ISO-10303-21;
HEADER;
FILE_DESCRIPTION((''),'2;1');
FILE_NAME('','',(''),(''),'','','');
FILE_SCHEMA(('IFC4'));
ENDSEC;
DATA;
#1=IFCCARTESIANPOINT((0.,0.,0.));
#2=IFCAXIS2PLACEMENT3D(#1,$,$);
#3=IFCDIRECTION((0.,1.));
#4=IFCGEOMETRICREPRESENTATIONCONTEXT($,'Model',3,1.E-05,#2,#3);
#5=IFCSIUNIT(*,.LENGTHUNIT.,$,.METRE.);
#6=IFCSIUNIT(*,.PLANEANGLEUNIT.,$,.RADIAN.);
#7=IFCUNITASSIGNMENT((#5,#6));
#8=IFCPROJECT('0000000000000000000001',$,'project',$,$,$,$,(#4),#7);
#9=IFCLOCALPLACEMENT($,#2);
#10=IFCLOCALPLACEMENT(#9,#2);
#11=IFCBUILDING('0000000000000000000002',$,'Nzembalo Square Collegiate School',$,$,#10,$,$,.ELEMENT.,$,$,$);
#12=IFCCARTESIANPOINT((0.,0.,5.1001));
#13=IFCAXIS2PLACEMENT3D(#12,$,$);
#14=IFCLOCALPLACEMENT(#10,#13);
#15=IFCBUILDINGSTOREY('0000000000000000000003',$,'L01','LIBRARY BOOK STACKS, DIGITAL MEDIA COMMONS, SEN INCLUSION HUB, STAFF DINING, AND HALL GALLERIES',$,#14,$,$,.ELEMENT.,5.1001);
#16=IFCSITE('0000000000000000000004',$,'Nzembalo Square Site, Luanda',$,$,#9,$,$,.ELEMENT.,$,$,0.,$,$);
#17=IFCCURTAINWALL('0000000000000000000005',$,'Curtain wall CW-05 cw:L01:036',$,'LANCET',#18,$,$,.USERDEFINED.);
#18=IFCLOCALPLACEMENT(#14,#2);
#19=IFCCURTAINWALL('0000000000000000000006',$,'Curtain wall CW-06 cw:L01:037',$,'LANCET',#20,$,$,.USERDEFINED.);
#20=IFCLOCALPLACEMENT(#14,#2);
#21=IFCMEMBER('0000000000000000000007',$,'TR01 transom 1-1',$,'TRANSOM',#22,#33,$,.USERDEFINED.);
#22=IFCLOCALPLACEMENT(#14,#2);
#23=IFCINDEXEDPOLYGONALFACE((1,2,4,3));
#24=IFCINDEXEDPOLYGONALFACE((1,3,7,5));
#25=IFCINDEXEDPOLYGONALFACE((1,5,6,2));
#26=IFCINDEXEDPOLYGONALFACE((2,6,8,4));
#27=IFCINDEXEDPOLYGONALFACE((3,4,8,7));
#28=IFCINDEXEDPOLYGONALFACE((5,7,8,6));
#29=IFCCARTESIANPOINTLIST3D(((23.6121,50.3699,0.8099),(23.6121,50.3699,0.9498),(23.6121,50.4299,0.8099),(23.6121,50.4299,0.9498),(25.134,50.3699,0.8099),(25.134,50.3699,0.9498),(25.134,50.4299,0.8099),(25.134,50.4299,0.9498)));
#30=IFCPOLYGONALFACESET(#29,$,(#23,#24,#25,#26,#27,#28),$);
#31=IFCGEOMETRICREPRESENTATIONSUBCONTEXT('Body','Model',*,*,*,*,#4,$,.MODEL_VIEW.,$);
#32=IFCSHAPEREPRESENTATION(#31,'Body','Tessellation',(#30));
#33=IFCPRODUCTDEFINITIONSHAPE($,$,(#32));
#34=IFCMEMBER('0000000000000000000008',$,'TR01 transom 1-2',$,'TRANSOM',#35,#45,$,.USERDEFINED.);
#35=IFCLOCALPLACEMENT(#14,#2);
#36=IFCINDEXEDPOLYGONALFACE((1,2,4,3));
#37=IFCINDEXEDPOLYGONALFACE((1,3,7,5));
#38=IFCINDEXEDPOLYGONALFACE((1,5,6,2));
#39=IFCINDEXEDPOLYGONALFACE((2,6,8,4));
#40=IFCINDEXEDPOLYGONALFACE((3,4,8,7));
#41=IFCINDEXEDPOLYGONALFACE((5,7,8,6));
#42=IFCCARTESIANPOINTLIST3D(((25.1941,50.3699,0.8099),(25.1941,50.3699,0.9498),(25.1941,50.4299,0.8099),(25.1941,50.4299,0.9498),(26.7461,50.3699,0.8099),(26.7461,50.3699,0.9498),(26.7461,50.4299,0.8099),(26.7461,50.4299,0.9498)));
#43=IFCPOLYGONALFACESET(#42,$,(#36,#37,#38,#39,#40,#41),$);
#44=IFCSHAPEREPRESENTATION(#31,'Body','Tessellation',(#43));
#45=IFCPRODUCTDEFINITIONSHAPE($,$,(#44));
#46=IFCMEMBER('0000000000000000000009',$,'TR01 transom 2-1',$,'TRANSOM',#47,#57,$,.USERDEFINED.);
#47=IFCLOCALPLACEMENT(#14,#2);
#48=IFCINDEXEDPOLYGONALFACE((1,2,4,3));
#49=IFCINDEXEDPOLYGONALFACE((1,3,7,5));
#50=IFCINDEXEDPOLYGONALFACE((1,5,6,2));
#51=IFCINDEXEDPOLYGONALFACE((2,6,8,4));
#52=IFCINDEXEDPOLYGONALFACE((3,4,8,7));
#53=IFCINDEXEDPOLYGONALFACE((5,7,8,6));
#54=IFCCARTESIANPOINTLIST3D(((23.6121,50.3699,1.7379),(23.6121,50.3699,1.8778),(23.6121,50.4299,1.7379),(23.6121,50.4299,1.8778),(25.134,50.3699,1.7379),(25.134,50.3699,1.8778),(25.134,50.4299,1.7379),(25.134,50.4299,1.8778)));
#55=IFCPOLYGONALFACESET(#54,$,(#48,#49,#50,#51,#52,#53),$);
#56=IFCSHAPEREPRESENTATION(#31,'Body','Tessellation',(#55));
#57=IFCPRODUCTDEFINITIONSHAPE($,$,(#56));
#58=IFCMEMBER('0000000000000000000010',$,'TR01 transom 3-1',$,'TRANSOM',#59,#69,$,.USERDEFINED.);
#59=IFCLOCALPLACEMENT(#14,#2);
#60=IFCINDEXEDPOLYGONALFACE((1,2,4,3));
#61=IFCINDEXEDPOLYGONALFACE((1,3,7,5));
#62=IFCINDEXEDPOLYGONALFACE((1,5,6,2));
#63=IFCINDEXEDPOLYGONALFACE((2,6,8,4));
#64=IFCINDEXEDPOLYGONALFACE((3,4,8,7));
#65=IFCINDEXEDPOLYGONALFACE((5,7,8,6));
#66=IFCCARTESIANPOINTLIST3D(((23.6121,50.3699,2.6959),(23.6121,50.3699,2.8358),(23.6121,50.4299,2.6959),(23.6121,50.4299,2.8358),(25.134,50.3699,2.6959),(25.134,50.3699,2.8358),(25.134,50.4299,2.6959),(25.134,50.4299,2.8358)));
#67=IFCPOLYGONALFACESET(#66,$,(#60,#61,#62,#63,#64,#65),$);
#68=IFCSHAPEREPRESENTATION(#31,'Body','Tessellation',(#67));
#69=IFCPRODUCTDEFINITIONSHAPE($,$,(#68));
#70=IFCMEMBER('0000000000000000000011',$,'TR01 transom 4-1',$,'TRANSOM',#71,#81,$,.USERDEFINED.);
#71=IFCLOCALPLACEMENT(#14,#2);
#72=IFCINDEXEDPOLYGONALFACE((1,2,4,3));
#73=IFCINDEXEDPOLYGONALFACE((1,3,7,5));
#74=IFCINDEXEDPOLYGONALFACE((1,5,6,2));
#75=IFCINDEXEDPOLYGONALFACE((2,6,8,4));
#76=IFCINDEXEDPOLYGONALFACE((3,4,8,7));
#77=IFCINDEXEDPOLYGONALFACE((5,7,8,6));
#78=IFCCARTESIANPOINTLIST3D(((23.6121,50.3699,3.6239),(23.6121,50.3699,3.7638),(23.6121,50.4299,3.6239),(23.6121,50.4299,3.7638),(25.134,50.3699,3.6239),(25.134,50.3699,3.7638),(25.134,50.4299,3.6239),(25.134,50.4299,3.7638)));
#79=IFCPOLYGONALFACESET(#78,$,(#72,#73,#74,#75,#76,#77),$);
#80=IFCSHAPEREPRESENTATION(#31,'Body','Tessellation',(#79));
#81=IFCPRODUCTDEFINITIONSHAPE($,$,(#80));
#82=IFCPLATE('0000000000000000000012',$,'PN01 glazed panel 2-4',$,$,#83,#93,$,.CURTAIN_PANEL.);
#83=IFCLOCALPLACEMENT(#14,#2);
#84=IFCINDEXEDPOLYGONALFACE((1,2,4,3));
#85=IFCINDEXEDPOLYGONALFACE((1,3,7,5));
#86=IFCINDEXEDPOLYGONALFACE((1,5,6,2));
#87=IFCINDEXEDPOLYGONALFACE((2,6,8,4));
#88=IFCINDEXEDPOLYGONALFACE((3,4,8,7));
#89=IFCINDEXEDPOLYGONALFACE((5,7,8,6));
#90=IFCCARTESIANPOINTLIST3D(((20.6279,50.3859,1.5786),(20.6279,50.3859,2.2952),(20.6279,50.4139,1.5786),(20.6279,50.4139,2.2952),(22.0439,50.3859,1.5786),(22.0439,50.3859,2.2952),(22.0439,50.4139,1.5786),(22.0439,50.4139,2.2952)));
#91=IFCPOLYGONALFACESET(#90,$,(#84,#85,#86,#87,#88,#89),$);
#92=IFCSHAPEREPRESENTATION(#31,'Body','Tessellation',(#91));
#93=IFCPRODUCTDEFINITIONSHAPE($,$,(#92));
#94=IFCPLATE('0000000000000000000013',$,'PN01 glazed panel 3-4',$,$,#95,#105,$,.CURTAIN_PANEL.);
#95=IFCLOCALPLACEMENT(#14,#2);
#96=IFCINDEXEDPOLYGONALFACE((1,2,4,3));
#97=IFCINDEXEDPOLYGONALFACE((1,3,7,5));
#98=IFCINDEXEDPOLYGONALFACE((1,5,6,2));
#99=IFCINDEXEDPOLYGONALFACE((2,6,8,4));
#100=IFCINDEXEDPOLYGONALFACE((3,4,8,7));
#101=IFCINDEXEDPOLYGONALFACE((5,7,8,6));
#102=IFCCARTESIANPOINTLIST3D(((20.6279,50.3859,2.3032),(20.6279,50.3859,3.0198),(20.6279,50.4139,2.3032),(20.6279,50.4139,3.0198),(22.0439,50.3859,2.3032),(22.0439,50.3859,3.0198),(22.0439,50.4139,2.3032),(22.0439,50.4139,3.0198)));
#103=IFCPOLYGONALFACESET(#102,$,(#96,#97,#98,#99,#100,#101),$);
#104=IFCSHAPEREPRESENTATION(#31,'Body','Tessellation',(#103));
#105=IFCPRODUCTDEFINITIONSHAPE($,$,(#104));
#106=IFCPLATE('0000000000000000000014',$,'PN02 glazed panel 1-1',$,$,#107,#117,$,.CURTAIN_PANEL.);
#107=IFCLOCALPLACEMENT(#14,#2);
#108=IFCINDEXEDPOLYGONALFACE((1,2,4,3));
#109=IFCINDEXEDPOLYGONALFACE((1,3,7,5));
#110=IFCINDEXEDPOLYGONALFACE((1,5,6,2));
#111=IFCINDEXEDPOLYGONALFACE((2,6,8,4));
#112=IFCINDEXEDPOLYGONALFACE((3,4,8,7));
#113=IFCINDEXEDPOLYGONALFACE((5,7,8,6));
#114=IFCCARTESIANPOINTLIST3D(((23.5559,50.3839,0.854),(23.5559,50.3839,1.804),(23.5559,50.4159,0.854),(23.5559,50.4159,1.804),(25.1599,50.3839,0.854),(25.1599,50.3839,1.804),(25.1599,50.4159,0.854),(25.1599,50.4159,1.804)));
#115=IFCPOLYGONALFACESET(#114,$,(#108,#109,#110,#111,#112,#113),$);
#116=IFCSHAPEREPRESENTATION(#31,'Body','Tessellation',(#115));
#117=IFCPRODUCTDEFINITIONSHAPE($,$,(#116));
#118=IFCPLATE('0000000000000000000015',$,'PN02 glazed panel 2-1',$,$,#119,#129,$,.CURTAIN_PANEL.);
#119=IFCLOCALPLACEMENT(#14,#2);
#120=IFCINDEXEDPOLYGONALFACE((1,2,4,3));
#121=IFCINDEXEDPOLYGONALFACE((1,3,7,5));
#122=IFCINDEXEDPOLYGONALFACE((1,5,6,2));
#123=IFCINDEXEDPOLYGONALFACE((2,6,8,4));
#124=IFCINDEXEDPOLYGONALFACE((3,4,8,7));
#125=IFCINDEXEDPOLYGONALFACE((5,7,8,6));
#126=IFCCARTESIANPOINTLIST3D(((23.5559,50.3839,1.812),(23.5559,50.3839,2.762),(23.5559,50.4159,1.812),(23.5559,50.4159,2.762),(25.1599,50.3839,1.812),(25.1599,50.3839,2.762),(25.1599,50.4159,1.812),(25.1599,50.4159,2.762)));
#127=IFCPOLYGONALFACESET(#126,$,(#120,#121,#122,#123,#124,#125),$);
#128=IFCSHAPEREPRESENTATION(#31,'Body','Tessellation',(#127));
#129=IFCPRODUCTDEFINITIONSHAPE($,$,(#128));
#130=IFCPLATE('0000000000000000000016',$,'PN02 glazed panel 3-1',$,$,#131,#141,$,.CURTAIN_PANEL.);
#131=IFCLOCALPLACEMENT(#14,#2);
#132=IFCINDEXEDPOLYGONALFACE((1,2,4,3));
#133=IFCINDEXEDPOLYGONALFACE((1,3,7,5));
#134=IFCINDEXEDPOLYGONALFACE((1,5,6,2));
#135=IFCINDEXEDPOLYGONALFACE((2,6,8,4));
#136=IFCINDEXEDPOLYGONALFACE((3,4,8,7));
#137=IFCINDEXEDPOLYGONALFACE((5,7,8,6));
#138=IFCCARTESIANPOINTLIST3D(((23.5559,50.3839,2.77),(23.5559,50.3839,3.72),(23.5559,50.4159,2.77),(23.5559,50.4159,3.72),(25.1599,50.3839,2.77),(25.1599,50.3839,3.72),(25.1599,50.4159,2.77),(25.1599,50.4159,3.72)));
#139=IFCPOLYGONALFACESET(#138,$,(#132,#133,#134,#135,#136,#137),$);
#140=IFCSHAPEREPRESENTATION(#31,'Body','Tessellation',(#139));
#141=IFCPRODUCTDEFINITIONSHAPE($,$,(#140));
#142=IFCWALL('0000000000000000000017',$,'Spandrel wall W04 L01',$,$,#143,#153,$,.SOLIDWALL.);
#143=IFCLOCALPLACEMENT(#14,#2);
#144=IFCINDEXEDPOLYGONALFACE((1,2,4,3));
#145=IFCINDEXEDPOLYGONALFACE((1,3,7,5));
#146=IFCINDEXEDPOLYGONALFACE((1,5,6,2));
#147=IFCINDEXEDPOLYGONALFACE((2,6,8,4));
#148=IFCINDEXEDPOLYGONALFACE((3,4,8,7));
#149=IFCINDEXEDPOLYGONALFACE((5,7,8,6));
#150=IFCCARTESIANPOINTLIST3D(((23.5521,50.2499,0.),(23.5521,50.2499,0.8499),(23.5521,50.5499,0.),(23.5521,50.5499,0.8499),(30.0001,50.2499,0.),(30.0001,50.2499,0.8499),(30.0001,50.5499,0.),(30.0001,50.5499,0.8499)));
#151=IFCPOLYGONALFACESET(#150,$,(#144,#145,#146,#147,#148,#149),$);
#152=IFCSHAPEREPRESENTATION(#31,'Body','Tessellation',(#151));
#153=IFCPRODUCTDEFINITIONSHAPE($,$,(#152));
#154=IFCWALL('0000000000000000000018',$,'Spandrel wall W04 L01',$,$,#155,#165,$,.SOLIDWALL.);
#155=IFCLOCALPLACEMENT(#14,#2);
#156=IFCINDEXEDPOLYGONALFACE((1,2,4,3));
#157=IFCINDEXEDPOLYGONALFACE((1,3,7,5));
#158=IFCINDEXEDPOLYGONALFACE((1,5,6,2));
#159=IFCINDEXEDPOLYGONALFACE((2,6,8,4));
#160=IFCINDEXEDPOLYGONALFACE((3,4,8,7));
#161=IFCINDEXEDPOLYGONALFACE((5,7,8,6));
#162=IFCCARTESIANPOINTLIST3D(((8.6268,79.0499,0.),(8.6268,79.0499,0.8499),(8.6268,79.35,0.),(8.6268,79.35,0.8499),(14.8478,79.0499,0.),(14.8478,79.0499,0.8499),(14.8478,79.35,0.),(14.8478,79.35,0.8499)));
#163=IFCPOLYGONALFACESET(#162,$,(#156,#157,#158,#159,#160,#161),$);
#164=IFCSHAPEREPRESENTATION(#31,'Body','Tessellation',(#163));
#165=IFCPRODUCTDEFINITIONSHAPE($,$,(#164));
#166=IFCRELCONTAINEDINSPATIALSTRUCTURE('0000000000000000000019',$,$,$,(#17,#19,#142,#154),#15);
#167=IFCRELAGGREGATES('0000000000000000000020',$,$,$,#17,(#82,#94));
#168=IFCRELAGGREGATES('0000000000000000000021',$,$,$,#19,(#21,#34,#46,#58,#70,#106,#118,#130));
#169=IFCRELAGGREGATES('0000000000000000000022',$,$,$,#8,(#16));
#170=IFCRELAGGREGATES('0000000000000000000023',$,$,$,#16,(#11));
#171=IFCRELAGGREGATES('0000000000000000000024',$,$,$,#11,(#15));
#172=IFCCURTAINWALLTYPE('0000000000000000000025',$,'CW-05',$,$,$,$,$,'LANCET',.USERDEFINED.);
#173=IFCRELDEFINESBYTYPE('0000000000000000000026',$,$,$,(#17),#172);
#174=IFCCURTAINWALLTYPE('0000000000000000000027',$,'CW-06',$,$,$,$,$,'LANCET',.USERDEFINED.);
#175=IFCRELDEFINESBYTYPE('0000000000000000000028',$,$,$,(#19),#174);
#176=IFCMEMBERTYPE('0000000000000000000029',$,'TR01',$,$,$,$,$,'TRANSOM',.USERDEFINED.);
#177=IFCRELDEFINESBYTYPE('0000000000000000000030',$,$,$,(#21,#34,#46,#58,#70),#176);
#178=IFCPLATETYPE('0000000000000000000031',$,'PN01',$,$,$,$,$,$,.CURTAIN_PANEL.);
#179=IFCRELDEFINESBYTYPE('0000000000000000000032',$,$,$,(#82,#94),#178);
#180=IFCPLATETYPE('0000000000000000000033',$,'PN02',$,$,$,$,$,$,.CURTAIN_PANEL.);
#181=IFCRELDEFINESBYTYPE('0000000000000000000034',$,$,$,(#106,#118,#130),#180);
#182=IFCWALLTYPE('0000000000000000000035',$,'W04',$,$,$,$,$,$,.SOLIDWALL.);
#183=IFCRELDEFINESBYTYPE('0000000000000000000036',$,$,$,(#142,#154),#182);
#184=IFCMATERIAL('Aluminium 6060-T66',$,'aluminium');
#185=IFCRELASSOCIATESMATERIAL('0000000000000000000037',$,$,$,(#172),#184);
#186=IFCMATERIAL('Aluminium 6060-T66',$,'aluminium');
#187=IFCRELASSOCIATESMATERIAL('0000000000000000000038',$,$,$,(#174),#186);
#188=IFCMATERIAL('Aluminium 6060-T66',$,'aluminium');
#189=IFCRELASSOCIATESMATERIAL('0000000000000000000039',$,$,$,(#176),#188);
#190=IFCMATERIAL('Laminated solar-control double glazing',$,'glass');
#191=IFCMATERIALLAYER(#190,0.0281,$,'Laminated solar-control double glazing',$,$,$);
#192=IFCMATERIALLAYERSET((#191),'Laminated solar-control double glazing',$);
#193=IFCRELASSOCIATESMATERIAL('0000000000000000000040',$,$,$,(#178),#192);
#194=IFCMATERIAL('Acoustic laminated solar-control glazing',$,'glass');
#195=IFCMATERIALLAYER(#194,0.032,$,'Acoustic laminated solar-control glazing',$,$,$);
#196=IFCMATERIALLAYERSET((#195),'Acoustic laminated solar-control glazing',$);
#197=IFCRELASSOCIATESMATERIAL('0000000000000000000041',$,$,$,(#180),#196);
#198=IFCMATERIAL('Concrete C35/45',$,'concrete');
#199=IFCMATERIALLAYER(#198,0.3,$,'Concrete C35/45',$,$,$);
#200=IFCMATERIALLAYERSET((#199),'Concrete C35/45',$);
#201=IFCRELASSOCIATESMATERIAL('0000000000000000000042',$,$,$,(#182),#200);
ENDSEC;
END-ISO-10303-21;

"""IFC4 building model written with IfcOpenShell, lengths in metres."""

from ifc_helpers import new_model, si_unit, direction, frame, frame_2d, origin, origin_2d, place, context, subcontext, project, spatial, rectangle, extrude, material, layer, layer_set, material_profile, profile_set, type_object, element, aggregate, save


model = new_model("IFC4")

# Units and contexts
model_context = context("Model", 3, precision=1e-05, world=origin(), true_north=direction((0.0, 1.0)))
body_context = subcontext(model_context, "Body", "Model", "MODEL_VIEW")
ifc_project = project(units=[si_unit("LENGTHUNIT", "METRE"), si_unit("PLANEANGLEUNIT", "RADIAN")], contexts=[model_context])

# Site, building, storey
site_placement = place(None, origin())
site = spatial("IfcSite", under=ifc_project, at=site_placement, Name="Nzembalo Square Site, Luanda", CompositionType="ELEMENT", RefElevation=0.0)
building_placement = place(site_placement, origin())
building = spatial("IfcBuilding", under=site, at=building_placement, Name="Nzembalo Square Collegiate School", CompositionType="ELEMENT")
storey_placement = place(building_placement, frame((0.0, 0.0, 5.1001)))
storey = spatial("IfcBuildingStorey", under=building, at=storey_placement, Name="L01", Description="LIBRARY BOOK STACKS, DIGITAL MEDIA COMMONS, SEN INCLUSION HUB, STAFF DINING, AND HALL GALLERIES", CompositionType="ELEMENT", Elevation=5.1001)

# Curtain wall
ifc_material_1 = material(Name="Aluminium 6060-T66", Category="aluminium")
curtain_wall_type_1 = type_object("IfcCurtainWallType", Name="CW-05", ElementType="LANCET", PredefinedType="USERDEFINED", material=ifc_material_1)
curtain_wall_1_placement = place(storey_placement, origin())
curtain_wall_1 = element("IfcCurtainWall", 1, at=curtain_wall_1_placement, inside=storey, type_object=curtain_wall_type_1, Name="Curtain wall CW-05 cw:L01:036", ObjectType="LANCET", PredefinedType="USERDEFINED")

# Curtain wall
ifc_material_2 = material(Name="Aluminium 6060-T66", Category="aluminium")
curtain_wall_type_2 = type_object("IfcCurtainWallType", Name="CW-06", ElementType="LANCET", PredefinedType="USERDEFINED", material=ifc_material_2)
curtain_wall_2_placement = place(storey_placement, origin())
curtain_wall_2 = element("IfcCurtainWall", 2, at=curtain_wall_2_placement, inside=storey, type_object=curtain_wall_type_2, Name="Curtain wall CW-06 cw:L01:037", ObjectType="LANCET", PredefinedType="USERDEFINED")

# Members
ifc_material_3 = material(Name="Aluminium 6060-T66", Category="aluminium")
ifc_material_profile_1 = material_profile(ifc_material_3, rectangle(XDim=0.0601, YDim=0.1399, at=origin_2d()), Name="ALU T60x140")
ifc_profile_set_1 = profile_set([ifc_material_profile_1], Name="Aluminium 6060-T66")
member_type_1 = type_object("IfcMemberType", Name="TR01", ElementType="TRANSOM", PredefinedType="USERDEFINED", material=ifc_profile_set_1)
member_1_placement = place(storey_placement, frame((23.6121, 50.3999, 0.8799), z_axis=(1.0, 0.0, 0.0), x_axis=(0.0, 1.0, 0.0)))
member_1 = element("IfcMember", 3, at=member_1_placement, type_object=member_type_1, Name="TR01 transom 1-1", ObjectType="TRANSOM", PredefinedType="USERDEFINED", context=body_context, shape_type="SweptSolid", body=[
    extrude(rectangle(XDim=0.0601, YDim=0.1399, at=origin_2d()), origin(), (0.0, 0.0, 1.0), 1.522),
])
member_2_placement = place(storey_placement, frame((25.1941, 50.3999, 0.8799), z_axis=(1.0, 0.0, 0.0), x_axis=(0.0, 1.0, 0.0)))
member_2 = element("IfcMember", 4, at=member_2_placement, type_object=member_type_1, Name="TR01 transom 1-2", ObjectType="TRANSOM", PredefinedType="USERDEFINED", context=body_context, shape_type="SweptSolid", body=[
    extrude(rectangle(XDim=0.0601, YDim=0.1399, at=origin_2d()), origin(), (0.0, 0.0, 1.0), 1.552),
])
member_3_placement = place(storey_placement, frame((23.6121, 50.3999, 1.8079), z_axis=(1.0, 0.0, 0.0), x_axis=(0.0, 1.0, 0.0)))
member_3 = element("IfcMember", 5, at=member_3_placement, type_object=member_type_1, Name="TR01 transom 2-1", ObjectType="TRANSOM", PredefinedType="USERDEFINED", context=body_context, shape_type="SweptSolid", body=[
    extrude(rectangle(XDim=0.0601, YDim=0.1399, at=origin_2d()), origin(), (0.0, 0.0, 1.0), 1.522),
])
member_4_placement = place(storey_placement, frame((23.6121, 50.3999, 2.7659), z_axis=(1.0, 0.0, 0.0), x_axis=(0.0, 1.0, 0.0)))
member_4 = element("IfcMember", 6, at=member_4_placement, type_object=member_type_1, Name="TR01 transom 3-1", ObjectType="TRANSOM", PredefinedType="USERDEFINED", context=body_context, shape_type="SweptSolid", body=[
    extrude(rectangle(XDim=0.0601, YDim=0.1399, at=origin_2d()), origin(), (0.0, 0.0, 1.0), 1.522),
])
member_5_placement = place(storey_placement, frame((23.6121, 50.3999, 3.6938), z_axis=(1.0, 0.0, 0.0), x_axis=(0.0, 1.0, 0.0)))
member_5 = element("IfcMember", 7, at=member_5_placement, type_object=member_type_1, Name="TR01 transom 4-1", ObjectType="TRANSOM", PredefinedType="USERDEFINED", context=body_context, shape_type="SweptSolid", body=[
    extrude(rectangle(XDim=0.0601, YDim=0.1399, at=origin_2d()), origin(), (0.0, 0.0, 1.0), 1.522),
])

# Plates
ifc_material_4 = material(Name="Laminated solar-control double glazing", Category="glass")
ifc_layer_1 = layer(ifc_material_4, 0.0281, Name="Laminated solar-control double glazing")
ifc_layer_set_1 = layer_set([ifc_layer_1], Name="Laminated solar-control double glazing")
plate_type_1 = type_object("IfcPlateType", Name="PN01", PredefinedType="CURTAIN_PANEL", material=ifc_layer_set_1)
plate_1_placement = place(storey_placement, frame((21.3359, 50.3999, 1.5786), z_axis=(0.0, 0.0, 1.0), x_axis=(1.0, 0.0, 0.0)))
plate_1 = element("IfcPlate", 8, at=plate_1_placement, type_object=plate_type_1, Name="PN01 glazed panel 2-4", PredefinedType="CURTAIN_PANEL", context=body_context, shape_type="SweptSolid", body=[
    extrude(rectangle(XDim=1.416, YDim=0.0281, at=origin_2d()), origin(), (0.0, 0.0, 1.0), 0.7166),
])
plate_2_placement = place(storey_placement, frame((21.3359, 50.3999, 2.3032), z_axis=(0.0, 0.0, 1.0), x_axis=(1.0, 0.0, 0.0)))
plate_2 = element("IfcPlate", 9, at=plate_2_placement, type_object=plate_type_1, Name="PN01 glazed panel 3-4", PredefinedType="CURTAIN_PANEL", context=body_context, shape_type="SweptSolid", body=[
    extrude(rectangle(XDim=1.416, YDim=0.0281, at=origin_2d()), origin(), (0.0, 0.0, 1.0), 0.7166),
])
aggregate(curtain_wall_1, [plate_1, plate_2])
ifc_material_5 = material(Name="Acoustic laminated solar-control glazing", Category="glass")
ifc_layer_2 = layer(ifc_material_5, 0.032, Name="Acoustic laminated solar-control glazing")
ifc_layer_set_2 = layer_set([ifc_layer_2], Name="Acoustic laminated solar-control glazing")
plate_type_2 = type_object("IfcPlateType", Name="PN02", PredefinedType="CURTAIN_PANEL", material=ifc_layer_set_2)
plate_3_placement = place(storey_placement, frame((24.3579, 50.3999, 0.854), z_axis=(0.0, 0.0, 1.0), x_axis=(1.0, 0.0, 0.0)))
plate_3 = element("IfcPlate", 10, at=plate_3_placement, type_object=plate_type_2, Name="PN02 glazed panel 1-1", PredefinedType="CURTAIN_PANEL", context=body_context, shape_type="SweptSolid", body=[
    extrude(rectangle(XDim=1.604, YDim=0.032, at=origin_2d()), origin(), (0.0, 0.0, 1.0), 0.95),
])
plate_4_placement = place(storey_placement, frame((24.3579, 50.3999, 1.812), z_axis=(0.0, 0.0, 1.0), x_axis=(1.0, 0.0, 0.0)))
plate_4 = element("IfcPlate", 11, at=plate_4_placement, type_object=plate_type_2, Name="PN02 glazed panel 2-1", PredefinedType="CURTAIN_PANEL", context=body_context, shape_type="SweptSolid", body=[
    extrude(rectangle(XDim=1.604, YDim=0.032, at=origin_2d()), origin(), (0.0, 0.0, 1.0), 0.95),
])
plate_5_placement = place(storey_placement, frame((24.3579, 50.3999, 2.77), z_axis=(0.0, 0.0, 1.0), x_axis=(1.0, 0.0, 0.0)))
plate_5 = element("IfcPlate", 12, at=plate_5_placement, type_object=plate_type_2, Name="PN02 glazed panel 3-1", PredefinedType="CURTAIN_PANEL", context=body_context, shape_type="SweptSolid", body=[
    extrude(rectangle(XDim=1.604, YDim=0.032, at=origin_2d()), origin(), (0.0, 0.0, 1.0), 0.95),
])
aggregate(curtain_wall_2, [member_1, member_2, member_3, member_4, member_5, plate_3, plate_4, plate_5])

# Walls
ifc_material_6 = material(Name="Concrete C35/45", Category="concrete")
ifc_layer_3 = layer(ifc_material_6, 0.3, Name="Concrete C35/45")
ifc_layer_set_3 = layer_set([ifc_layer_3], Name="Concrete C35/45")
wall_type = type_object("IfcWallType", Name="W04", PredefinedType="SOLIDWALL", material=ifc_layer_set_3)
wall_1_placement = place(storey_placement, frame((23.552, 50.3999, 0.0), z_axis=(0.0, 0.0, 1.0), x_axis=(1.0, 0.0, 0.0)))
element("IfcWall", 13, at=wall_1_placement, inside=storey, type_object=wall_type, Name="Spandrel wall W04 L01", PredefinedType="SOLIDWALL", context=body_context, shape_type="SweptSolid", body=[
    extrude(rectangle(XDim=6.448, YDim=0.3, at=frame_2d((3.2241, 0.0))), origin(), (0.0, 0.0, 1.0), 0.8499),
])
wall_2_placement = place(storey_placement, frame((8.627, 79.2, 0.0), z_axis=(0.0, 0.0, 1.0), x_axis=(1.0, 0.0, 0.0)))
element("IfcWall", 14, at=wall_2_placement, inside=storey, type_object=wall_type, Name="Spandrel wall W04 L01", PredefinedType="SOLIDWALL", context=body_context, shape_type="SweptSolid", body=[
    extrude(rectangle(XDim=6.2209, YDim=0.3, at=frame_2d((3.1104, 0.0))), origin(), (0.0, 0.0, 1.0), 0.8499),
])

save(model, "model.ifc")
